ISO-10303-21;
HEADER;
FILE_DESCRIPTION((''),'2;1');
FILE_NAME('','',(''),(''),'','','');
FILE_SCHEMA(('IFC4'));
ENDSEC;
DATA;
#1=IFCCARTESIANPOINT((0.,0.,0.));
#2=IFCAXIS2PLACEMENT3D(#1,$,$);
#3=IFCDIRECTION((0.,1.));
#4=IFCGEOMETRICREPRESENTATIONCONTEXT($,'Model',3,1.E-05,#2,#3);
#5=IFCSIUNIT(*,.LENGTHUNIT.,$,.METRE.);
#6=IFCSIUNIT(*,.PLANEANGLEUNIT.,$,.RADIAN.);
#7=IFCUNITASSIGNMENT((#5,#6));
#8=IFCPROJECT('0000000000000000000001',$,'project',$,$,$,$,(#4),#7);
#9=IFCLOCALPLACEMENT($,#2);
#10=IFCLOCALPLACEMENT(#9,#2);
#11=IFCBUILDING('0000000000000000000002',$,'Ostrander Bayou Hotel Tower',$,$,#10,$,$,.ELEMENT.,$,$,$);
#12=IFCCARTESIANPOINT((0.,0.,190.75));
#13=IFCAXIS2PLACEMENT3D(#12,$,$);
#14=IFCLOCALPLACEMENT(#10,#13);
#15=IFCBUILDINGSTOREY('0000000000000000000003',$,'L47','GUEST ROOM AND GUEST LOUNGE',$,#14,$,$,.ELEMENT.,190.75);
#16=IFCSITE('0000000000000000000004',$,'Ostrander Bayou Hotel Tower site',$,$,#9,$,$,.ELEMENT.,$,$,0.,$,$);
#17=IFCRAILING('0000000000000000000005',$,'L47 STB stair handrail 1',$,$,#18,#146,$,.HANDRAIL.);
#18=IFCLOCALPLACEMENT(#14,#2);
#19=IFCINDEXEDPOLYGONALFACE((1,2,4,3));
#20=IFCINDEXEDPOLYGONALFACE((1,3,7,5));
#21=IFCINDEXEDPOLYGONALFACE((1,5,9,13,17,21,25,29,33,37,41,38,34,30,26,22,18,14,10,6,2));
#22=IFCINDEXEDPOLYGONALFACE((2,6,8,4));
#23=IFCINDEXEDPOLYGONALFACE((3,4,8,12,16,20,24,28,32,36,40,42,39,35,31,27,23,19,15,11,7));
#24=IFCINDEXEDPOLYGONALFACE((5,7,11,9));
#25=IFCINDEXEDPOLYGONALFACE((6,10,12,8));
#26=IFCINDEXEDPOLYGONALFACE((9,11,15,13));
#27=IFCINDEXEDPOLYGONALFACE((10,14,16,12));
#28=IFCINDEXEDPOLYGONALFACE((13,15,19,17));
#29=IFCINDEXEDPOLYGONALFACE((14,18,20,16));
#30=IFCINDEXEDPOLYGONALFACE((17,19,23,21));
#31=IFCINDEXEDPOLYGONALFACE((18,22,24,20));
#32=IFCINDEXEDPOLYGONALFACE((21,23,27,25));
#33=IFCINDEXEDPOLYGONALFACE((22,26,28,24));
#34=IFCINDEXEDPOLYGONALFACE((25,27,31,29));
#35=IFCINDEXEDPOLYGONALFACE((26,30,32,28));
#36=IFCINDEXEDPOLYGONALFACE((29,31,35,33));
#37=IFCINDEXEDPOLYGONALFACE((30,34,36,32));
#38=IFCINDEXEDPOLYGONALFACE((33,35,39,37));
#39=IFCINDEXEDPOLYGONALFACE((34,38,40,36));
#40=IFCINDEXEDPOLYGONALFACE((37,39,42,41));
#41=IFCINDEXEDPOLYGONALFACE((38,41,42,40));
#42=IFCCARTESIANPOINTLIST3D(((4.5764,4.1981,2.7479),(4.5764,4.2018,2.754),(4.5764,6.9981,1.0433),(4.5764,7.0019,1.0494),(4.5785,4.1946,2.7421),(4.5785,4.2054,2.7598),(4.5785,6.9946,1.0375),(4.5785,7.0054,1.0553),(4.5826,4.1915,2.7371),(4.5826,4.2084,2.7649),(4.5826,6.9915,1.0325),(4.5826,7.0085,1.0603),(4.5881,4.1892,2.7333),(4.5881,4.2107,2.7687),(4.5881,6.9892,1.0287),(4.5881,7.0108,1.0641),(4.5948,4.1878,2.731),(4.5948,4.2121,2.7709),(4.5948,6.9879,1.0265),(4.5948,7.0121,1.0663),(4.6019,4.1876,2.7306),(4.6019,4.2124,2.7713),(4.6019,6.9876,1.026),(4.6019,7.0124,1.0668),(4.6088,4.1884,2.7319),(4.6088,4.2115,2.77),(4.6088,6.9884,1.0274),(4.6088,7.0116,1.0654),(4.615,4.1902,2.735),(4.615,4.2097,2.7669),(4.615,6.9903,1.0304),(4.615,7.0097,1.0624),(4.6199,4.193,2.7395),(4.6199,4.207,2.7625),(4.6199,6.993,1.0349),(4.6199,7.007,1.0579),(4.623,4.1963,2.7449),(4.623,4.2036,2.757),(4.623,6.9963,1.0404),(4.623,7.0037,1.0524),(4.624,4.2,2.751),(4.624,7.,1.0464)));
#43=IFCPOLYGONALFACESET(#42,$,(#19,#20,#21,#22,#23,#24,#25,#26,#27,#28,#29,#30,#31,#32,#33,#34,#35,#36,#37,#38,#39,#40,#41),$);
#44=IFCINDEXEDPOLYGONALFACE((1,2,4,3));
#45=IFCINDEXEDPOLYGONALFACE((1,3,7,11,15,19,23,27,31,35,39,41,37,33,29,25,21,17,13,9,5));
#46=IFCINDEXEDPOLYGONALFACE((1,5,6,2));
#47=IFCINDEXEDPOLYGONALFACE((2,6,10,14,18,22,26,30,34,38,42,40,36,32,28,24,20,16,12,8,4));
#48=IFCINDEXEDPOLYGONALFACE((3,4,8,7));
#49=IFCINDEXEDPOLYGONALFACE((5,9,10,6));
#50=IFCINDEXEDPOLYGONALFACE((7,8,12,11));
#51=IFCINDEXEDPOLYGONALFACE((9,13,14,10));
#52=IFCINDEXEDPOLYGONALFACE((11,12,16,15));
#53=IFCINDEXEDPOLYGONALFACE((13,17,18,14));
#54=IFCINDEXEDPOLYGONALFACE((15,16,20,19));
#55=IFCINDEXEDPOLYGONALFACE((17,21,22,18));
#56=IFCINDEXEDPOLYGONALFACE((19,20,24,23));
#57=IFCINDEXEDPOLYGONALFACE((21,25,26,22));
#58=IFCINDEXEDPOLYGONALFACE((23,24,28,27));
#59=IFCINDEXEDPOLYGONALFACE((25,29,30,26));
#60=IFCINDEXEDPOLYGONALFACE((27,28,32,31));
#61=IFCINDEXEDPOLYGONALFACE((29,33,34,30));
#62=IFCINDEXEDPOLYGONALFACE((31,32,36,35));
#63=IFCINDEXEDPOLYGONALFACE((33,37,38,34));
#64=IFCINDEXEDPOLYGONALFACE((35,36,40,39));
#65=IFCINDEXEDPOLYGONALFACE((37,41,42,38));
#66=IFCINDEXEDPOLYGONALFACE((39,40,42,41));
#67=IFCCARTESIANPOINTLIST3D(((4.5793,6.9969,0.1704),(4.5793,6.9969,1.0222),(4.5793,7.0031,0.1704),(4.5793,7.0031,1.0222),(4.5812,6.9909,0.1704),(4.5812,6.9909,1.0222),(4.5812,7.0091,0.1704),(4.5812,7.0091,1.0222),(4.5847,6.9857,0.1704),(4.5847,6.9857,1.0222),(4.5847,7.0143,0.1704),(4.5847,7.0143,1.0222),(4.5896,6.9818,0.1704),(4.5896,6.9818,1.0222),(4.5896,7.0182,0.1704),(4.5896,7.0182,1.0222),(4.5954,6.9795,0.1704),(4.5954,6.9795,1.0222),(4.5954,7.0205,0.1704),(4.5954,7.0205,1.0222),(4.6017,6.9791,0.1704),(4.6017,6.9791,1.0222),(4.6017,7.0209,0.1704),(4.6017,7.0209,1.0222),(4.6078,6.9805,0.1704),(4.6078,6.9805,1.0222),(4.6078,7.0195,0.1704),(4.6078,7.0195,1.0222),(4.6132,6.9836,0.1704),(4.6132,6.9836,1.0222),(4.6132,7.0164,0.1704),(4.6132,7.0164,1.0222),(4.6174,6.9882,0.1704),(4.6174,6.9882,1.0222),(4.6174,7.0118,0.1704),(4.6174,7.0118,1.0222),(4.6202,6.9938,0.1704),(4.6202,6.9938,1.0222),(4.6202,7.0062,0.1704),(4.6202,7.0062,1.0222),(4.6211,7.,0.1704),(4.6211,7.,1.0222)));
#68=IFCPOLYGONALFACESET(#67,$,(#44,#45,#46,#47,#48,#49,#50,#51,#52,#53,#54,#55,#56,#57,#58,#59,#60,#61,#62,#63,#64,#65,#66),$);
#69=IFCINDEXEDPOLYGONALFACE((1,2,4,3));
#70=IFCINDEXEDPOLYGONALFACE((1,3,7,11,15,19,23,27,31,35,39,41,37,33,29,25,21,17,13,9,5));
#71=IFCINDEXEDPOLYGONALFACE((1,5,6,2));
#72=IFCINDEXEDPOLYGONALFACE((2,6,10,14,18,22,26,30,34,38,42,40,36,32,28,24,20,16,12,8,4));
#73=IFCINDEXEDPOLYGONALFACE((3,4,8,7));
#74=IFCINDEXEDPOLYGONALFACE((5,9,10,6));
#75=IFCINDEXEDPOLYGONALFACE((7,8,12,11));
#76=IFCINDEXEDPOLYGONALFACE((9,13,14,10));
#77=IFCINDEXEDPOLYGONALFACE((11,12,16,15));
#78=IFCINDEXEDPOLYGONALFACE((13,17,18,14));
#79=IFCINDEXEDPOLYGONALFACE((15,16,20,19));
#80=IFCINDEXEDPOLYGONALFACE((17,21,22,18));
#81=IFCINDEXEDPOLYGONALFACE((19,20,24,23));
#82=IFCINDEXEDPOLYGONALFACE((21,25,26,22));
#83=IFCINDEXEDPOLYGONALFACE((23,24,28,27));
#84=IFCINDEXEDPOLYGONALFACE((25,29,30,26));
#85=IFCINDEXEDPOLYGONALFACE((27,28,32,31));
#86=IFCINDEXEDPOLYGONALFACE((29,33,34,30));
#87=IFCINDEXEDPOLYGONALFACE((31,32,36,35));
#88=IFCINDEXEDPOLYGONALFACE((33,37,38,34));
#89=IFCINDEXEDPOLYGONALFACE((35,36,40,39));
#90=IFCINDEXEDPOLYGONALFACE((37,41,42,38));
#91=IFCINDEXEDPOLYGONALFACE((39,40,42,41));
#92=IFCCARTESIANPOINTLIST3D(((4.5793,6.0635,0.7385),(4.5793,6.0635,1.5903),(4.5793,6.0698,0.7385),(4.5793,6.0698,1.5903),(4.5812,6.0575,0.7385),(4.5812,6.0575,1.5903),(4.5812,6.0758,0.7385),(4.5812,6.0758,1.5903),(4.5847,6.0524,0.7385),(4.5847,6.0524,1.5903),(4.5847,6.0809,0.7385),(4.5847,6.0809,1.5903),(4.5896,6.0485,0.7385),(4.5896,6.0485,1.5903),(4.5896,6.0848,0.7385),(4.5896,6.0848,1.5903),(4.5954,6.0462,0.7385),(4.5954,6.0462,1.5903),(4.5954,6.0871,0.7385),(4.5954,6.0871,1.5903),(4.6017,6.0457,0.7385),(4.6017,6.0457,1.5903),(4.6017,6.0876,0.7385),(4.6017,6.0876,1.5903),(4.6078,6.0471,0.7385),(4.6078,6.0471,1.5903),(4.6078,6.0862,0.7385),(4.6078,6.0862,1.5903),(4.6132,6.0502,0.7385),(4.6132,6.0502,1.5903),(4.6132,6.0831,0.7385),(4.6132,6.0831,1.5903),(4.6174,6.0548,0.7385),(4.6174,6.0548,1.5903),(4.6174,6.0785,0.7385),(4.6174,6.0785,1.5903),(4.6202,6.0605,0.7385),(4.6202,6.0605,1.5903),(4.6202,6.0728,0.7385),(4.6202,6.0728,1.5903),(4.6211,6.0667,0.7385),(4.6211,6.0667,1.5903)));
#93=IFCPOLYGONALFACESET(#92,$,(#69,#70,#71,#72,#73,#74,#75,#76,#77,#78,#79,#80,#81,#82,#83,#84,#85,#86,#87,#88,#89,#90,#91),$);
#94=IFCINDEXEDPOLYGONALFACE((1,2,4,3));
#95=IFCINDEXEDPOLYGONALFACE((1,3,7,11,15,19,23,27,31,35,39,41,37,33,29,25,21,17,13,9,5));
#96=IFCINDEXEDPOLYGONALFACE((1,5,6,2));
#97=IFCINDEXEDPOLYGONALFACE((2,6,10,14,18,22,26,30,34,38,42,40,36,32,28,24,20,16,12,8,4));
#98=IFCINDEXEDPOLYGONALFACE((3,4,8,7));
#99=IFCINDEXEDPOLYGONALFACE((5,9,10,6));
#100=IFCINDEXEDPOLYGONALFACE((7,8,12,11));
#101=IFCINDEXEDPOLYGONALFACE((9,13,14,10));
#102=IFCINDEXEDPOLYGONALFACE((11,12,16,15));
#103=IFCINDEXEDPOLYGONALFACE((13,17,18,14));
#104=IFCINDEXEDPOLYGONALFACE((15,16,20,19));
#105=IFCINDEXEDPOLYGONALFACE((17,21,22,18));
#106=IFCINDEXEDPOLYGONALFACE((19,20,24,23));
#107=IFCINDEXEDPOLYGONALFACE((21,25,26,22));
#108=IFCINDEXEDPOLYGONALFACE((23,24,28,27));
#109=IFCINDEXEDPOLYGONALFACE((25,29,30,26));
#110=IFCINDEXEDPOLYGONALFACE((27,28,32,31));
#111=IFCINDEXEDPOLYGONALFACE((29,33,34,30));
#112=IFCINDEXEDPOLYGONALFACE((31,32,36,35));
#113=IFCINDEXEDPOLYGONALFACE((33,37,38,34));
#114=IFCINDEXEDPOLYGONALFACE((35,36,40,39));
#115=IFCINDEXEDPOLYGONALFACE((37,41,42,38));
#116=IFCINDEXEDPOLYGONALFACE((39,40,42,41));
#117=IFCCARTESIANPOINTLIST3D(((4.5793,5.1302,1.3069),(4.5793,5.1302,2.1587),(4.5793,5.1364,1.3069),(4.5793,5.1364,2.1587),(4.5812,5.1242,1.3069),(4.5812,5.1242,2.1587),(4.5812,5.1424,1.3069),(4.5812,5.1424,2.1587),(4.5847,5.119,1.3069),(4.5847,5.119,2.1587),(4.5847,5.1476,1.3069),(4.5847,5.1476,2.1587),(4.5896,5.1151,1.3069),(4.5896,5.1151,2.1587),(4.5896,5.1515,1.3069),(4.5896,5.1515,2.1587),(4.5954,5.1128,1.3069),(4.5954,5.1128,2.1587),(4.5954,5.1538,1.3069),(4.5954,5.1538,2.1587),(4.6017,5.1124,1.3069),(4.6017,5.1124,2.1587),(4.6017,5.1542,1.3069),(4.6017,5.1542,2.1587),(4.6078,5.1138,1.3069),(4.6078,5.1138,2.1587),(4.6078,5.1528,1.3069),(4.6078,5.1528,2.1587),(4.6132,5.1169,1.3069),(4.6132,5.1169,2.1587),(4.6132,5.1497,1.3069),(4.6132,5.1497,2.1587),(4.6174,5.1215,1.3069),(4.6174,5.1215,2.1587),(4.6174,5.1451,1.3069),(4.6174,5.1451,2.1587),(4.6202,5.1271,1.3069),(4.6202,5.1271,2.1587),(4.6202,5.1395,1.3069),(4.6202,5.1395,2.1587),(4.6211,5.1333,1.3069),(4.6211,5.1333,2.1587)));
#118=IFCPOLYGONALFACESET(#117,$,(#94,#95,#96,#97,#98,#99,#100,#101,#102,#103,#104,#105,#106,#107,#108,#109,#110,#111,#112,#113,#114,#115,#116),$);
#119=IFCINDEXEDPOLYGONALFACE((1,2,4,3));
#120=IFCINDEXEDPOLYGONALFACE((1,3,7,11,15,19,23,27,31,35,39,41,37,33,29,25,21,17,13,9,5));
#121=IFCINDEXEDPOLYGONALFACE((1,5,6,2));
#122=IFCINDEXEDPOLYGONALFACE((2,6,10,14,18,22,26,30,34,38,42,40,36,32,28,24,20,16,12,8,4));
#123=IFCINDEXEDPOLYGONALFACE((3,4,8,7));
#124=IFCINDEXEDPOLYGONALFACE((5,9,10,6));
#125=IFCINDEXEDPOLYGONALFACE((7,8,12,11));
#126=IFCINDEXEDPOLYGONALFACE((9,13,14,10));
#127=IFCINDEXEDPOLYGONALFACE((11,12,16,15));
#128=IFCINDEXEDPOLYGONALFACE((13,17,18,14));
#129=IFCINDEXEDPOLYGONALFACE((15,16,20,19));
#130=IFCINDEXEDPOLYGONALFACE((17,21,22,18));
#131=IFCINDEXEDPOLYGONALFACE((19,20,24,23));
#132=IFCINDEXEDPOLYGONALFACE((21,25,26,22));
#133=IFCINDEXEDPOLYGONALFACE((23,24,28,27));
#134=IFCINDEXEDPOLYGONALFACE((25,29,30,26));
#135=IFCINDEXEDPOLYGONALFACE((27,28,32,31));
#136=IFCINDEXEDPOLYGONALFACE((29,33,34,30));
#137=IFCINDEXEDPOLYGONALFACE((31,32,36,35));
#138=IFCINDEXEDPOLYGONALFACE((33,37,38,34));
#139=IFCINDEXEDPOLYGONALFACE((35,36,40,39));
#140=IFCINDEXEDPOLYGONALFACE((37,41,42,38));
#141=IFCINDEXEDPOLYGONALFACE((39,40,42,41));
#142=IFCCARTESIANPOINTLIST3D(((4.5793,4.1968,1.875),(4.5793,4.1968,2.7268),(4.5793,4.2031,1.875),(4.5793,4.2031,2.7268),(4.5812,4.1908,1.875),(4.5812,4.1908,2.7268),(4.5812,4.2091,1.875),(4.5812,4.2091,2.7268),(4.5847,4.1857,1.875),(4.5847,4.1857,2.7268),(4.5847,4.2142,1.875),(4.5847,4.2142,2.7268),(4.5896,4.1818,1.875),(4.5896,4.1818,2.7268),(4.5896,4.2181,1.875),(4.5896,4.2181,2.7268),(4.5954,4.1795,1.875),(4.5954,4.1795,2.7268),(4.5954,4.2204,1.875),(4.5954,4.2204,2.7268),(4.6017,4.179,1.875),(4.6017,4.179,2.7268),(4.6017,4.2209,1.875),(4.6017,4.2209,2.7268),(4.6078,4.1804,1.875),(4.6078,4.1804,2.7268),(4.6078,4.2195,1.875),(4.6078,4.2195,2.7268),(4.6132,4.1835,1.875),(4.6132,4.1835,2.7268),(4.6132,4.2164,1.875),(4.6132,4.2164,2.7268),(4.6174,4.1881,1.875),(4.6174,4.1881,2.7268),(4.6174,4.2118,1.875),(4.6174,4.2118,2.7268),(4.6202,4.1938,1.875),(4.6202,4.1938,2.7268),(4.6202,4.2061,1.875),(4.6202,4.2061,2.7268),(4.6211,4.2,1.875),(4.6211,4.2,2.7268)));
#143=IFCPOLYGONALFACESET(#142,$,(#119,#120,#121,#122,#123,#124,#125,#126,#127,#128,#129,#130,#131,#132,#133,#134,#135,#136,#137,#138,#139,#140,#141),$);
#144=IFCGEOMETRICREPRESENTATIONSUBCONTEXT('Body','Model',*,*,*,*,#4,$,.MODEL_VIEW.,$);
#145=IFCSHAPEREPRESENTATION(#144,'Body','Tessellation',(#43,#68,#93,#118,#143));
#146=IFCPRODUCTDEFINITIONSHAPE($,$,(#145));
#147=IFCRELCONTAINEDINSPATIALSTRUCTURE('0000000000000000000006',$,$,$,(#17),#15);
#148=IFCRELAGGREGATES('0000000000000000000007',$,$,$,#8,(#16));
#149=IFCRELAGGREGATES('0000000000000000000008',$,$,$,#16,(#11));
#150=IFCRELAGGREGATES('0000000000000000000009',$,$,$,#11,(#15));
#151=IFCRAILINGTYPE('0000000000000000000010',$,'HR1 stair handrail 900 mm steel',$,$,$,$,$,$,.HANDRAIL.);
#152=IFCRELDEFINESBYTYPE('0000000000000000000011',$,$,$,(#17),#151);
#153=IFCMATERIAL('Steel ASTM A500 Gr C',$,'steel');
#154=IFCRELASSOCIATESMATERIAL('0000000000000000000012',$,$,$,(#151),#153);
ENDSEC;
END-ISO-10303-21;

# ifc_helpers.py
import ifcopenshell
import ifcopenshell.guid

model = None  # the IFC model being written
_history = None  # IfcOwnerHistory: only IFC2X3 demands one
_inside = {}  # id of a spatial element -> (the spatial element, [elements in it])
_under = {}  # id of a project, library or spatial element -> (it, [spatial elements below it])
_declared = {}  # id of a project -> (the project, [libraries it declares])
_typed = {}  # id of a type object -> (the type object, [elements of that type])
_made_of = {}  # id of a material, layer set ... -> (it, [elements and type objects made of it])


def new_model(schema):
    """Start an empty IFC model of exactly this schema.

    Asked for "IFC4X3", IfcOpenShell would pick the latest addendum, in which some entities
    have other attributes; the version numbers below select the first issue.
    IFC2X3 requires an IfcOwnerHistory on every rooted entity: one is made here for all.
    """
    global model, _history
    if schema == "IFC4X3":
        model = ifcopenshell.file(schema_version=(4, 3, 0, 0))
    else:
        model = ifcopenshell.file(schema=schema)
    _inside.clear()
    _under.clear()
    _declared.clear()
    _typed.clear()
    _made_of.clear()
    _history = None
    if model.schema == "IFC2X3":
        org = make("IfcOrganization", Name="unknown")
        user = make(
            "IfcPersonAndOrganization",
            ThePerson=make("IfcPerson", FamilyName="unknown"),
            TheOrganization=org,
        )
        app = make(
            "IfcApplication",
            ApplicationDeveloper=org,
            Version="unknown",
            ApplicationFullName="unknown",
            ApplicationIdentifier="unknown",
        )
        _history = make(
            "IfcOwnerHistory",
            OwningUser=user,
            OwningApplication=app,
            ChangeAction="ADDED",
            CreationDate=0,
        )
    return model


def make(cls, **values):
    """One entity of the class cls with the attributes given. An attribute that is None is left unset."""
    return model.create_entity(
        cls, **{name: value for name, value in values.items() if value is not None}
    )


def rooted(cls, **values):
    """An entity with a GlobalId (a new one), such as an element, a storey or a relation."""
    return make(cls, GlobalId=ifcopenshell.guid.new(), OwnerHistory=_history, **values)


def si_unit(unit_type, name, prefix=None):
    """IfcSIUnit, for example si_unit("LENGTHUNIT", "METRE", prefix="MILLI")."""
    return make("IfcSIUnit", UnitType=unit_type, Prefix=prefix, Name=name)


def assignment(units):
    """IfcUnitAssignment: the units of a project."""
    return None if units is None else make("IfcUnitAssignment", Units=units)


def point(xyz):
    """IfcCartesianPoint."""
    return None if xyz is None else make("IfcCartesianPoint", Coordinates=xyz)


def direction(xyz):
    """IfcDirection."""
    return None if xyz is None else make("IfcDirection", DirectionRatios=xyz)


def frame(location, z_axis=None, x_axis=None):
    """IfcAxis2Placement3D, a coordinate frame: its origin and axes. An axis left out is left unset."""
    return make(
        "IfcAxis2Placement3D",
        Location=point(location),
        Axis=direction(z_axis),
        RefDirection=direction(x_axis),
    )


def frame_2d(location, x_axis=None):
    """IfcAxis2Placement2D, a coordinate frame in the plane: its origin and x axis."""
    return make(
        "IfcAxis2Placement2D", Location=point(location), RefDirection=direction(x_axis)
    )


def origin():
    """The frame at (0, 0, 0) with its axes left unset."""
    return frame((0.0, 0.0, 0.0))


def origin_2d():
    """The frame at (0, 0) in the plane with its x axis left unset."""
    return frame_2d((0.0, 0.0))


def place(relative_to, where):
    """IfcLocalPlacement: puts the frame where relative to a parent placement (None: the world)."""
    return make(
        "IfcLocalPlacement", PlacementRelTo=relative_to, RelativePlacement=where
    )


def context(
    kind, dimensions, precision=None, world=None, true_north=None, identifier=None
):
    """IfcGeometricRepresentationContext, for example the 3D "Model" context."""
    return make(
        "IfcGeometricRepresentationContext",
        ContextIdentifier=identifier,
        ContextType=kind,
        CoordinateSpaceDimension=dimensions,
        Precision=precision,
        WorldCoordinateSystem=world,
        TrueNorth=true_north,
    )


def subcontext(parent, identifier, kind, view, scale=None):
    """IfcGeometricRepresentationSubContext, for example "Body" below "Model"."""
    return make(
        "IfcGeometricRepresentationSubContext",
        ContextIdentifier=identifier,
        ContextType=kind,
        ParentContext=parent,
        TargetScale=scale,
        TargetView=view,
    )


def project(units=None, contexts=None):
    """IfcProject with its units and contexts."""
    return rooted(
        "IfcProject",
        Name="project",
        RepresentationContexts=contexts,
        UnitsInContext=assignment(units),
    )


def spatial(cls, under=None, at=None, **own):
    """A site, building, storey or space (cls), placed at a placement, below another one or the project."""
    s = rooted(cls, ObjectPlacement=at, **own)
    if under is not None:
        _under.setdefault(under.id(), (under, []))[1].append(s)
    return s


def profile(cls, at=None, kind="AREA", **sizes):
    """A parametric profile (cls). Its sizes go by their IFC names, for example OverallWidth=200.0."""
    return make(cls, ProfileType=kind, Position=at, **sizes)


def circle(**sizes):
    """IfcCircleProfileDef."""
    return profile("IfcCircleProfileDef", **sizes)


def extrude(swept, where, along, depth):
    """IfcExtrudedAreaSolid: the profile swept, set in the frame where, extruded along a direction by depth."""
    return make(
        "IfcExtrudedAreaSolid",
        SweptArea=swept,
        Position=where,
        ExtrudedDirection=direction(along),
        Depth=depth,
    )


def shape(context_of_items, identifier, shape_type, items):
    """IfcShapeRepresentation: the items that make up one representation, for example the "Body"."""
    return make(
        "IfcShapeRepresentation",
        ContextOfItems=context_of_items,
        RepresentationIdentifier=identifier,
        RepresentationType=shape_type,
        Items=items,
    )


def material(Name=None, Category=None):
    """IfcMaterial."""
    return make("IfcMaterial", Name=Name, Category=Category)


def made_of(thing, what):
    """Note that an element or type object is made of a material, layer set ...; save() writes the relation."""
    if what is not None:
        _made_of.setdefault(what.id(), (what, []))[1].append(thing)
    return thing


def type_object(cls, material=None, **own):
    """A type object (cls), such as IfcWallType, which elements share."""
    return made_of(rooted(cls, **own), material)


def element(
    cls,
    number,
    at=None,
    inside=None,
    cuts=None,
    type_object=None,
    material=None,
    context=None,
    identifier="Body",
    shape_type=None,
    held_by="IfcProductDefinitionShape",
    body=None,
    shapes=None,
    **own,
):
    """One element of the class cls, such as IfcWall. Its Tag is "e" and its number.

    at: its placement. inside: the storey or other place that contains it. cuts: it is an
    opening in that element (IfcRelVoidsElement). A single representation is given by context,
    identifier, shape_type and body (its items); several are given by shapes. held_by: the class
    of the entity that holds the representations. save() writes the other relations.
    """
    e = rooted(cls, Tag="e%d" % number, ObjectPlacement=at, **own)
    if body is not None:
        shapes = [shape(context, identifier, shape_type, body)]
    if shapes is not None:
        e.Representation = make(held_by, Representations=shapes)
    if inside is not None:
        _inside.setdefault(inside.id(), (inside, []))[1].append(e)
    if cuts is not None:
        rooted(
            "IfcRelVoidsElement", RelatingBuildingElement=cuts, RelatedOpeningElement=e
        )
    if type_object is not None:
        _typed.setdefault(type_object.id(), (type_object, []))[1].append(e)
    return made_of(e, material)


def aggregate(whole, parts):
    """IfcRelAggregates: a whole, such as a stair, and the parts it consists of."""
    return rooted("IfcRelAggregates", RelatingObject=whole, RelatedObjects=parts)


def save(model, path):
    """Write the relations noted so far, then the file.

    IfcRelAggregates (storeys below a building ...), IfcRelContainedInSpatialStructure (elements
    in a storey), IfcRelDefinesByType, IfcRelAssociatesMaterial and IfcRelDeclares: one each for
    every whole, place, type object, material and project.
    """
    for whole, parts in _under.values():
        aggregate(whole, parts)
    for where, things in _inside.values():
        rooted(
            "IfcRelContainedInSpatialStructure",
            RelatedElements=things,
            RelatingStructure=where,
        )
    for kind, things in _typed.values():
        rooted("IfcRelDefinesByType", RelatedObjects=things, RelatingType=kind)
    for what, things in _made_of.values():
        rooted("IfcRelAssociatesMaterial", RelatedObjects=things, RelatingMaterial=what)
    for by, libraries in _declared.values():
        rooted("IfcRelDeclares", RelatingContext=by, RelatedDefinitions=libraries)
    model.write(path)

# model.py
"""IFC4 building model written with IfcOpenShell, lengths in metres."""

from ifc_helpers import new_model, si_unit, direction, frame, origin, origin_2d, place, context, subcontext, project, spatial, circle, extrude, material, type_object, element, save


model = new_model("IFC4")

# Units and contexts
model_context = context("Model", 3, precision=1e-05, world=origin(), true_north=direction((0.0, 1.0)))
body_context = subcontext(model_context, "Body", "Model", "MODEL_VIEW")
ifc_project = project(units=[si_unit("LENGTHUNIT", "METRE"), si_unit("PLANEANGLEUNIT", "RADIAN")], contexts=[model_context])

# Site, building, storey
site_placement = place(None, origin())
site = spatial("IfcSite", under=ifc_project, at=site_placement, Name="Ostrander Bayou Hotel Tower site", CompositionType="ELEMENT", RefElevation=0.0)
building_placement = place(site_placement, origin())
building = spatial("IfcBuilding", under=site, at=building_placement, Name="Ostrander Bayou Hotel Tower", CompositionType="ELEMENT")
storey_placement = place(building_placement, frame((0.0, 0.0, 190.75)))
storey = spatial("IfcBuildingStorey", under=building, at=storey_placement, Name="L47", Description="GUEST ROOM AND GUEST LOUNGE", CompositionType="ELEMENT", Elevation=190.75)

# Railing
ifc_material_1 = material(Name="Steel ASTM A500 Gr C", Category="steel")
railing_type_1 = type_object("IfcRailingType", Name="HR1 stair handrail 900 mm steel", PredefinedType="HANDRAIL", material=ifc_material_1)
railing_1_placement = place(storey_placement, frame((4.6001, 7.0, 0.1704)))
element("IfcRailing", 1, at=railing_1_placement, inside=storey, type_object=railing_type_1, Name="L47 STB stair handrail 1", PredefinedType="HANDRAIL", context=body_context, shape_type="SweptSolid", body=[
    extrude(circle(Radius=0.0239, at=origin_2d()), frame((0.0, 0.0, 0.876), z_axis=(0.0, -0.85417, 0.519994), x_axis=(1.0, 0.0, 0.0)), (0.0, 0.0, 1.0), 3.2781),
    extrude(circle(Radius=0.021, at=origin_2d()), origin(), (0.0, 0.0, 1.0), 0.8518),
    extrude(circle(Radius=0.021, at=origin_2d()), frame((0.0, -0.9333, 0.5681)), (0.0, 0.0, 1.0), 0.8518),
    extrude(circle(Radius=0.021, at=origin_2d()), frame((0.0, -1.8667, 1.1365)), (0.0, 0.0, 1.0), 0.8518),
    extrude(circle(Radius=0.021, at=origin_2d()), frame((0.0, -2.8, 1.7046)), (0.0, 0.0, 1.0), 0.8518),
])

save(model, "model.ifc")
